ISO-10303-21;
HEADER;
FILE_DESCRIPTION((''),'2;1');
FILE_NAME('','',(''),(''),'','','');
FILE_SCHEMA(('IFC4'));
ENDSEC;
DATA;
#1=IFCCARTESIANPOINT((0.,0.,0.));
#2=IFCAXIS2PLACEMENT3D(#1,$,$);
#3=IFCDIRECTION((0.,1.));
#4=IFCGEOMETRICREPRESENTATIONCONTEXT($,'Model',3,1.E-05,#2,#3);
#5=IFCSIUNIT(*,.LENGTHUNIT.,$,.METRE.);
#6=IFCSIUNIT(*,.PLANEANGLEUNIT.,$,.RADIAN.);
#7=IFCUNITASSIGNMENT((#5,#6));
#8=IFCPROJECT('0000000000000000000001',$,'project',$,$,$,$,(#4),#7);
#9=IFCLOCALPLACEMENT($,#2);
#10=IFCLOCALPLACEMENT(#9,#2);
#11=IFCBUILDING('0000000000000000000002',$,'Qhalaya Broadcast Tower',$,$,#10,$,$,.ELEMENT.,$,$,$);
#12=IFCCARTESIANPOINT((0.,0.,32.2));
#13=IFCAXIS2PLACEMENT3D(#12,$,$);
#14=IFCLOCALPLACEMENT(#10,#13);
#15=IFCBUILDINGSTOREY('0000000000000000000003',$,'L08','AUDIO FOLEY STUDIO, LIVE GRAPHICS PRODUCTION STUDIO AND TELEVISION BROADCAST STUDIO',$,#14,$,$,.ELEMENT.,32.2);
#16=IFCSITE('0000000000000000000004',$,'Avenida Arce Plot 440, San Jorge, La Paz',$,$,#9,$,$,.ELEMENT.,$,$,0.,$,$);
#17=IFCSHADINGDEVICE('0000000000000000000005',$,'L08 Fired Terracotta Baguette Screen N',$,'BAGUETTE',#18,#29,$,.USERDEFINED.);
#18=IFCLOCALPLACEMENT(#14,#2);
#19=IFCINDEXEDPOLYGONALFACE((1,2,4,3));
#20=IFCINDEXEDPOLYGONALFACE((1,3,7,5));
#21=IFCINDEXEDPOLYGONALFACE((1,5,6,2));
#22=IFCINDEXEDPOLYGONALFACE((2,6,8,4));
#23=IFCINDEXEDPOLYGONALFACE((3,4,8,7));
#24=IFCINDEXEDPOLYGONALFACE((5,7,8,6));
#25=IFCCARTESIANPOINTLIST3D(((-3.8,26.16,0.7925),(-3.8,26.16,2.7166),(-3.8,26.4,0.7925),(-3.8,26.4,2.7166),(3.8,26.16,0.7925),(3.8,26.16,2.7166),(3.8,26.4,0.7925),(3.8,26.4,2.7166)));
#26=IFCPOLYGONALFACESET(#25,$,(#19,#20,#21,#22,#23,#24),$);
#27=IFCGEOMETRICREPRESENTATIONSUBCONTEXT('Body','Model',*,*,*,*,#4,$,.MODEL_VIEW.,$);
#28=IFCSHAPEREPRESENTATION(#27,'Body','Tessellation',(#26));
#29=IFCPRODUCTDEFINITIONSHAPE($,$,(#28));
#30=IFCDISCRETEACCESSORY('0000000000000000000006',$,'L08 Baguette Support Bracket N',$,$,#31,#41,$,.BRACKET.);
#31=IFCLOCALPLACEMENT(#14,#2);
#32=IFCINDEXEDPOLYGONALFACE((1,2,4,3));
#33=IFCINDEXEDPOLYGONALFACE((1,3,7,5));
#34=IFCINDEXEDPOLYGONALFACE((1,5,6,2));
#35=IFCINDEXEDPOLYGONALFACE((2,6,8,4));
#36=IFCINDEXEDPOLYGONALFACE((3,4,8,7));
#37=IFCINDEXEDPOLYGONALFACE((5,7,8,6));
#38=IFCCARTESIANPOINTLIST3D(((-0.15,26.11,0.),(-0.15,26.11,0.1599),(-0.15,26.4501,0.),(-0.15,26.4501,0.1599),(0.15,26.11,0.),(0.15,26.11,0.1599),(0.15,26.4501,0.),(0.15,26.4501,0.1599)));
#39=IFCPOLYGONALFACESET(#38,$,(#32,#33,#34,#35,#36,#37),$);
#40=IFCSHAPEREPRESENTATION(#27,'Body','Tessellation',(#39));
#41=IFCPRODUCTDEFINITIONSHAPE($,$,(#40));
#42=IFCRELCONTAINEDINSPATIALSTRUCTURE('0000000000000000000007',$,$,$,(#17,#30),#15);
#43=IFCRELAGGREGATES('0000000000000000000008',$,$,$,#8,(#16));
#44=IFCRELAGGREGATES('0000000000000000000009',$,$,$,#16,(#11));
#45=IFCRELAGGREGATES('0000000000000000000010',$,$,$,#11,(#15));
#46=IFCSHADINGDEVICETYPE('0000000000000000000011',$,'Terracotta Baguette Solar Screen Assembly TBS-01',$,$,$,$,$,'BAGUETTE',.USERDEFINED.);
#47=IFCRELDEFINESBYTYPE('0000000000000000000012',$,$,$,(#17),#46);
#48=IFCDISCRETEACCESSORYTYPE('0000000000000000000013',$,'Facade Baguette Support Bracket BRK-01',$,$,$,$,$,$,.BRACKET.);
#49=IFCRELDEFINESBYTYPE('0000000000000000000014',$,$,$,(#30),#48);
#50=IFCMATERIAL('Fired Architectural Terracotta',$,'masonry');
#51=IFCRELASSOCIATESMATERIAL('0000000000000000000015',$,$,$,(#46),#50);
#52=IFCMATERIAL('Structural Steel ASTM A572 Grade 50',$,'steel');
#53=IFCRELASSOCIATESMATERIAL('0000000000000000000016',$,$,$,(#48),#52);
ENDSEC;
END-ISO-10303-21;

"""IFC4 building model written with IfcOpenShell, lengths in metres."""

from ifc_helpers import new_model, si_unit, direction, frame, origin, origin_2d, place, context, subcontext, project, spatial, rectangle, extrude, material, type_object, element, save


model = new_model("IFC4")

# Units and contexts
model_context = context("Model", 3, precision=1e-05, world=origin(), true_north=direction((0.0, 1.0)))
body_context = subcontext(model_context, "Body", "Model", "MODEL_VIEW")
ifc_project = project(units=[si_unit("LENGTHUNIT", "METRE"), si_unit("PLANEANGLEUNIT", "RADIAN")], contexts=[model_context])

# Site, building, storey
site_placement = place(None, origin())
site = spatial("IfcSite", under=ifc_project, at=site_placement, Name="Avenida Arce Plot 440, San Jorge, La Paz", CompositionType="ELEMENT", RefElevation=0.0)
building_placement = place(site_placement, origin())
building = spatial("IfcBuilding", under=site, at=building_placement, Name="Qhalaya Broadcast Tower", CompositionType="ELEMENT")
storey_placement = place(building_placement, frame((0.0, 0.0, 32.2)))
storey = spatial("IfcBuildingStorey", under=building, at=storey_placement, Name="L08", Description="AUDIO FOLEY STUDIO, LIVE GRAPHICS PRODUCTION STUDIO AND TELEVISION BROADCAST STUDIO", CompositionType="ELEMENT", Elevation=32.2)

# Shared definitions
ifc_material_1 = material(Name="Structural Steel ASTM A572 Grade 50", Category="steel")

# Shading device
ifc_material_2 = material(Name="Fired Architectural Terracotta", Category="masonry")
shading_device_type = type_object("IfcShadingDeviceType", Name="Terracotta Baguette Solar Screen Assembly TBS-01", ElementType="BAGUETTE", PredefinedType="USERDEFINED", material=ifc_material_2)
shading_device_placement = place(storey_placement, frame((0.0, 26.28, 0.7925), z_axis=(0.0, 0.0, 1.0), x_axis=(-1.0, 0.0, 0.0)))
element("IfcShadingDevice", 1, at=shading_device_placement, inside=storey, type_object=shading_device_type, Name="L08 Fired Terracotta Baguette Screen N", ObjectType="BAGUETTE", PredefinedType="USERDEFINED", context=body_context, shape_type="SweptSolid", body=[
    extrude(rectangle(XDim=7.6001, YDim=0.24, at=origin_2d()), origin(), (0.0, 0.0, 1.0), 1.9241),
])

# Discrete accessory
discrete_accessory_type = type_object("IfcDiscreteAccessoryType", Name="Facade Baguette Support Bracket BRK-01", PredefinedType="BRACKET", material=ifc_material_1)
discrete_accessory_placement = place(storey_placement, frame((0.0, 26.28, 0.0), z_axis=(0.0, 0.0, 1.0), x_axis=(-1.0, 0.0, 0.0)))
element("IfcDiscreteAccessory", 2, at=discrete_accessory_placement, inside=storey, type_object=discrete_accessory_type, Name="L08 Baguette Support Bracket N", PredefinedType="BRACKET", context=body_context, shape_type="SweptSolid", body=[
    extrude(rectangle(XDim=0.3, YDim=0.3401, at=origin_2d()), origin(), (0.0, 0.0, 1.0), 0.1599),
])

save(model, "model.ifc")
